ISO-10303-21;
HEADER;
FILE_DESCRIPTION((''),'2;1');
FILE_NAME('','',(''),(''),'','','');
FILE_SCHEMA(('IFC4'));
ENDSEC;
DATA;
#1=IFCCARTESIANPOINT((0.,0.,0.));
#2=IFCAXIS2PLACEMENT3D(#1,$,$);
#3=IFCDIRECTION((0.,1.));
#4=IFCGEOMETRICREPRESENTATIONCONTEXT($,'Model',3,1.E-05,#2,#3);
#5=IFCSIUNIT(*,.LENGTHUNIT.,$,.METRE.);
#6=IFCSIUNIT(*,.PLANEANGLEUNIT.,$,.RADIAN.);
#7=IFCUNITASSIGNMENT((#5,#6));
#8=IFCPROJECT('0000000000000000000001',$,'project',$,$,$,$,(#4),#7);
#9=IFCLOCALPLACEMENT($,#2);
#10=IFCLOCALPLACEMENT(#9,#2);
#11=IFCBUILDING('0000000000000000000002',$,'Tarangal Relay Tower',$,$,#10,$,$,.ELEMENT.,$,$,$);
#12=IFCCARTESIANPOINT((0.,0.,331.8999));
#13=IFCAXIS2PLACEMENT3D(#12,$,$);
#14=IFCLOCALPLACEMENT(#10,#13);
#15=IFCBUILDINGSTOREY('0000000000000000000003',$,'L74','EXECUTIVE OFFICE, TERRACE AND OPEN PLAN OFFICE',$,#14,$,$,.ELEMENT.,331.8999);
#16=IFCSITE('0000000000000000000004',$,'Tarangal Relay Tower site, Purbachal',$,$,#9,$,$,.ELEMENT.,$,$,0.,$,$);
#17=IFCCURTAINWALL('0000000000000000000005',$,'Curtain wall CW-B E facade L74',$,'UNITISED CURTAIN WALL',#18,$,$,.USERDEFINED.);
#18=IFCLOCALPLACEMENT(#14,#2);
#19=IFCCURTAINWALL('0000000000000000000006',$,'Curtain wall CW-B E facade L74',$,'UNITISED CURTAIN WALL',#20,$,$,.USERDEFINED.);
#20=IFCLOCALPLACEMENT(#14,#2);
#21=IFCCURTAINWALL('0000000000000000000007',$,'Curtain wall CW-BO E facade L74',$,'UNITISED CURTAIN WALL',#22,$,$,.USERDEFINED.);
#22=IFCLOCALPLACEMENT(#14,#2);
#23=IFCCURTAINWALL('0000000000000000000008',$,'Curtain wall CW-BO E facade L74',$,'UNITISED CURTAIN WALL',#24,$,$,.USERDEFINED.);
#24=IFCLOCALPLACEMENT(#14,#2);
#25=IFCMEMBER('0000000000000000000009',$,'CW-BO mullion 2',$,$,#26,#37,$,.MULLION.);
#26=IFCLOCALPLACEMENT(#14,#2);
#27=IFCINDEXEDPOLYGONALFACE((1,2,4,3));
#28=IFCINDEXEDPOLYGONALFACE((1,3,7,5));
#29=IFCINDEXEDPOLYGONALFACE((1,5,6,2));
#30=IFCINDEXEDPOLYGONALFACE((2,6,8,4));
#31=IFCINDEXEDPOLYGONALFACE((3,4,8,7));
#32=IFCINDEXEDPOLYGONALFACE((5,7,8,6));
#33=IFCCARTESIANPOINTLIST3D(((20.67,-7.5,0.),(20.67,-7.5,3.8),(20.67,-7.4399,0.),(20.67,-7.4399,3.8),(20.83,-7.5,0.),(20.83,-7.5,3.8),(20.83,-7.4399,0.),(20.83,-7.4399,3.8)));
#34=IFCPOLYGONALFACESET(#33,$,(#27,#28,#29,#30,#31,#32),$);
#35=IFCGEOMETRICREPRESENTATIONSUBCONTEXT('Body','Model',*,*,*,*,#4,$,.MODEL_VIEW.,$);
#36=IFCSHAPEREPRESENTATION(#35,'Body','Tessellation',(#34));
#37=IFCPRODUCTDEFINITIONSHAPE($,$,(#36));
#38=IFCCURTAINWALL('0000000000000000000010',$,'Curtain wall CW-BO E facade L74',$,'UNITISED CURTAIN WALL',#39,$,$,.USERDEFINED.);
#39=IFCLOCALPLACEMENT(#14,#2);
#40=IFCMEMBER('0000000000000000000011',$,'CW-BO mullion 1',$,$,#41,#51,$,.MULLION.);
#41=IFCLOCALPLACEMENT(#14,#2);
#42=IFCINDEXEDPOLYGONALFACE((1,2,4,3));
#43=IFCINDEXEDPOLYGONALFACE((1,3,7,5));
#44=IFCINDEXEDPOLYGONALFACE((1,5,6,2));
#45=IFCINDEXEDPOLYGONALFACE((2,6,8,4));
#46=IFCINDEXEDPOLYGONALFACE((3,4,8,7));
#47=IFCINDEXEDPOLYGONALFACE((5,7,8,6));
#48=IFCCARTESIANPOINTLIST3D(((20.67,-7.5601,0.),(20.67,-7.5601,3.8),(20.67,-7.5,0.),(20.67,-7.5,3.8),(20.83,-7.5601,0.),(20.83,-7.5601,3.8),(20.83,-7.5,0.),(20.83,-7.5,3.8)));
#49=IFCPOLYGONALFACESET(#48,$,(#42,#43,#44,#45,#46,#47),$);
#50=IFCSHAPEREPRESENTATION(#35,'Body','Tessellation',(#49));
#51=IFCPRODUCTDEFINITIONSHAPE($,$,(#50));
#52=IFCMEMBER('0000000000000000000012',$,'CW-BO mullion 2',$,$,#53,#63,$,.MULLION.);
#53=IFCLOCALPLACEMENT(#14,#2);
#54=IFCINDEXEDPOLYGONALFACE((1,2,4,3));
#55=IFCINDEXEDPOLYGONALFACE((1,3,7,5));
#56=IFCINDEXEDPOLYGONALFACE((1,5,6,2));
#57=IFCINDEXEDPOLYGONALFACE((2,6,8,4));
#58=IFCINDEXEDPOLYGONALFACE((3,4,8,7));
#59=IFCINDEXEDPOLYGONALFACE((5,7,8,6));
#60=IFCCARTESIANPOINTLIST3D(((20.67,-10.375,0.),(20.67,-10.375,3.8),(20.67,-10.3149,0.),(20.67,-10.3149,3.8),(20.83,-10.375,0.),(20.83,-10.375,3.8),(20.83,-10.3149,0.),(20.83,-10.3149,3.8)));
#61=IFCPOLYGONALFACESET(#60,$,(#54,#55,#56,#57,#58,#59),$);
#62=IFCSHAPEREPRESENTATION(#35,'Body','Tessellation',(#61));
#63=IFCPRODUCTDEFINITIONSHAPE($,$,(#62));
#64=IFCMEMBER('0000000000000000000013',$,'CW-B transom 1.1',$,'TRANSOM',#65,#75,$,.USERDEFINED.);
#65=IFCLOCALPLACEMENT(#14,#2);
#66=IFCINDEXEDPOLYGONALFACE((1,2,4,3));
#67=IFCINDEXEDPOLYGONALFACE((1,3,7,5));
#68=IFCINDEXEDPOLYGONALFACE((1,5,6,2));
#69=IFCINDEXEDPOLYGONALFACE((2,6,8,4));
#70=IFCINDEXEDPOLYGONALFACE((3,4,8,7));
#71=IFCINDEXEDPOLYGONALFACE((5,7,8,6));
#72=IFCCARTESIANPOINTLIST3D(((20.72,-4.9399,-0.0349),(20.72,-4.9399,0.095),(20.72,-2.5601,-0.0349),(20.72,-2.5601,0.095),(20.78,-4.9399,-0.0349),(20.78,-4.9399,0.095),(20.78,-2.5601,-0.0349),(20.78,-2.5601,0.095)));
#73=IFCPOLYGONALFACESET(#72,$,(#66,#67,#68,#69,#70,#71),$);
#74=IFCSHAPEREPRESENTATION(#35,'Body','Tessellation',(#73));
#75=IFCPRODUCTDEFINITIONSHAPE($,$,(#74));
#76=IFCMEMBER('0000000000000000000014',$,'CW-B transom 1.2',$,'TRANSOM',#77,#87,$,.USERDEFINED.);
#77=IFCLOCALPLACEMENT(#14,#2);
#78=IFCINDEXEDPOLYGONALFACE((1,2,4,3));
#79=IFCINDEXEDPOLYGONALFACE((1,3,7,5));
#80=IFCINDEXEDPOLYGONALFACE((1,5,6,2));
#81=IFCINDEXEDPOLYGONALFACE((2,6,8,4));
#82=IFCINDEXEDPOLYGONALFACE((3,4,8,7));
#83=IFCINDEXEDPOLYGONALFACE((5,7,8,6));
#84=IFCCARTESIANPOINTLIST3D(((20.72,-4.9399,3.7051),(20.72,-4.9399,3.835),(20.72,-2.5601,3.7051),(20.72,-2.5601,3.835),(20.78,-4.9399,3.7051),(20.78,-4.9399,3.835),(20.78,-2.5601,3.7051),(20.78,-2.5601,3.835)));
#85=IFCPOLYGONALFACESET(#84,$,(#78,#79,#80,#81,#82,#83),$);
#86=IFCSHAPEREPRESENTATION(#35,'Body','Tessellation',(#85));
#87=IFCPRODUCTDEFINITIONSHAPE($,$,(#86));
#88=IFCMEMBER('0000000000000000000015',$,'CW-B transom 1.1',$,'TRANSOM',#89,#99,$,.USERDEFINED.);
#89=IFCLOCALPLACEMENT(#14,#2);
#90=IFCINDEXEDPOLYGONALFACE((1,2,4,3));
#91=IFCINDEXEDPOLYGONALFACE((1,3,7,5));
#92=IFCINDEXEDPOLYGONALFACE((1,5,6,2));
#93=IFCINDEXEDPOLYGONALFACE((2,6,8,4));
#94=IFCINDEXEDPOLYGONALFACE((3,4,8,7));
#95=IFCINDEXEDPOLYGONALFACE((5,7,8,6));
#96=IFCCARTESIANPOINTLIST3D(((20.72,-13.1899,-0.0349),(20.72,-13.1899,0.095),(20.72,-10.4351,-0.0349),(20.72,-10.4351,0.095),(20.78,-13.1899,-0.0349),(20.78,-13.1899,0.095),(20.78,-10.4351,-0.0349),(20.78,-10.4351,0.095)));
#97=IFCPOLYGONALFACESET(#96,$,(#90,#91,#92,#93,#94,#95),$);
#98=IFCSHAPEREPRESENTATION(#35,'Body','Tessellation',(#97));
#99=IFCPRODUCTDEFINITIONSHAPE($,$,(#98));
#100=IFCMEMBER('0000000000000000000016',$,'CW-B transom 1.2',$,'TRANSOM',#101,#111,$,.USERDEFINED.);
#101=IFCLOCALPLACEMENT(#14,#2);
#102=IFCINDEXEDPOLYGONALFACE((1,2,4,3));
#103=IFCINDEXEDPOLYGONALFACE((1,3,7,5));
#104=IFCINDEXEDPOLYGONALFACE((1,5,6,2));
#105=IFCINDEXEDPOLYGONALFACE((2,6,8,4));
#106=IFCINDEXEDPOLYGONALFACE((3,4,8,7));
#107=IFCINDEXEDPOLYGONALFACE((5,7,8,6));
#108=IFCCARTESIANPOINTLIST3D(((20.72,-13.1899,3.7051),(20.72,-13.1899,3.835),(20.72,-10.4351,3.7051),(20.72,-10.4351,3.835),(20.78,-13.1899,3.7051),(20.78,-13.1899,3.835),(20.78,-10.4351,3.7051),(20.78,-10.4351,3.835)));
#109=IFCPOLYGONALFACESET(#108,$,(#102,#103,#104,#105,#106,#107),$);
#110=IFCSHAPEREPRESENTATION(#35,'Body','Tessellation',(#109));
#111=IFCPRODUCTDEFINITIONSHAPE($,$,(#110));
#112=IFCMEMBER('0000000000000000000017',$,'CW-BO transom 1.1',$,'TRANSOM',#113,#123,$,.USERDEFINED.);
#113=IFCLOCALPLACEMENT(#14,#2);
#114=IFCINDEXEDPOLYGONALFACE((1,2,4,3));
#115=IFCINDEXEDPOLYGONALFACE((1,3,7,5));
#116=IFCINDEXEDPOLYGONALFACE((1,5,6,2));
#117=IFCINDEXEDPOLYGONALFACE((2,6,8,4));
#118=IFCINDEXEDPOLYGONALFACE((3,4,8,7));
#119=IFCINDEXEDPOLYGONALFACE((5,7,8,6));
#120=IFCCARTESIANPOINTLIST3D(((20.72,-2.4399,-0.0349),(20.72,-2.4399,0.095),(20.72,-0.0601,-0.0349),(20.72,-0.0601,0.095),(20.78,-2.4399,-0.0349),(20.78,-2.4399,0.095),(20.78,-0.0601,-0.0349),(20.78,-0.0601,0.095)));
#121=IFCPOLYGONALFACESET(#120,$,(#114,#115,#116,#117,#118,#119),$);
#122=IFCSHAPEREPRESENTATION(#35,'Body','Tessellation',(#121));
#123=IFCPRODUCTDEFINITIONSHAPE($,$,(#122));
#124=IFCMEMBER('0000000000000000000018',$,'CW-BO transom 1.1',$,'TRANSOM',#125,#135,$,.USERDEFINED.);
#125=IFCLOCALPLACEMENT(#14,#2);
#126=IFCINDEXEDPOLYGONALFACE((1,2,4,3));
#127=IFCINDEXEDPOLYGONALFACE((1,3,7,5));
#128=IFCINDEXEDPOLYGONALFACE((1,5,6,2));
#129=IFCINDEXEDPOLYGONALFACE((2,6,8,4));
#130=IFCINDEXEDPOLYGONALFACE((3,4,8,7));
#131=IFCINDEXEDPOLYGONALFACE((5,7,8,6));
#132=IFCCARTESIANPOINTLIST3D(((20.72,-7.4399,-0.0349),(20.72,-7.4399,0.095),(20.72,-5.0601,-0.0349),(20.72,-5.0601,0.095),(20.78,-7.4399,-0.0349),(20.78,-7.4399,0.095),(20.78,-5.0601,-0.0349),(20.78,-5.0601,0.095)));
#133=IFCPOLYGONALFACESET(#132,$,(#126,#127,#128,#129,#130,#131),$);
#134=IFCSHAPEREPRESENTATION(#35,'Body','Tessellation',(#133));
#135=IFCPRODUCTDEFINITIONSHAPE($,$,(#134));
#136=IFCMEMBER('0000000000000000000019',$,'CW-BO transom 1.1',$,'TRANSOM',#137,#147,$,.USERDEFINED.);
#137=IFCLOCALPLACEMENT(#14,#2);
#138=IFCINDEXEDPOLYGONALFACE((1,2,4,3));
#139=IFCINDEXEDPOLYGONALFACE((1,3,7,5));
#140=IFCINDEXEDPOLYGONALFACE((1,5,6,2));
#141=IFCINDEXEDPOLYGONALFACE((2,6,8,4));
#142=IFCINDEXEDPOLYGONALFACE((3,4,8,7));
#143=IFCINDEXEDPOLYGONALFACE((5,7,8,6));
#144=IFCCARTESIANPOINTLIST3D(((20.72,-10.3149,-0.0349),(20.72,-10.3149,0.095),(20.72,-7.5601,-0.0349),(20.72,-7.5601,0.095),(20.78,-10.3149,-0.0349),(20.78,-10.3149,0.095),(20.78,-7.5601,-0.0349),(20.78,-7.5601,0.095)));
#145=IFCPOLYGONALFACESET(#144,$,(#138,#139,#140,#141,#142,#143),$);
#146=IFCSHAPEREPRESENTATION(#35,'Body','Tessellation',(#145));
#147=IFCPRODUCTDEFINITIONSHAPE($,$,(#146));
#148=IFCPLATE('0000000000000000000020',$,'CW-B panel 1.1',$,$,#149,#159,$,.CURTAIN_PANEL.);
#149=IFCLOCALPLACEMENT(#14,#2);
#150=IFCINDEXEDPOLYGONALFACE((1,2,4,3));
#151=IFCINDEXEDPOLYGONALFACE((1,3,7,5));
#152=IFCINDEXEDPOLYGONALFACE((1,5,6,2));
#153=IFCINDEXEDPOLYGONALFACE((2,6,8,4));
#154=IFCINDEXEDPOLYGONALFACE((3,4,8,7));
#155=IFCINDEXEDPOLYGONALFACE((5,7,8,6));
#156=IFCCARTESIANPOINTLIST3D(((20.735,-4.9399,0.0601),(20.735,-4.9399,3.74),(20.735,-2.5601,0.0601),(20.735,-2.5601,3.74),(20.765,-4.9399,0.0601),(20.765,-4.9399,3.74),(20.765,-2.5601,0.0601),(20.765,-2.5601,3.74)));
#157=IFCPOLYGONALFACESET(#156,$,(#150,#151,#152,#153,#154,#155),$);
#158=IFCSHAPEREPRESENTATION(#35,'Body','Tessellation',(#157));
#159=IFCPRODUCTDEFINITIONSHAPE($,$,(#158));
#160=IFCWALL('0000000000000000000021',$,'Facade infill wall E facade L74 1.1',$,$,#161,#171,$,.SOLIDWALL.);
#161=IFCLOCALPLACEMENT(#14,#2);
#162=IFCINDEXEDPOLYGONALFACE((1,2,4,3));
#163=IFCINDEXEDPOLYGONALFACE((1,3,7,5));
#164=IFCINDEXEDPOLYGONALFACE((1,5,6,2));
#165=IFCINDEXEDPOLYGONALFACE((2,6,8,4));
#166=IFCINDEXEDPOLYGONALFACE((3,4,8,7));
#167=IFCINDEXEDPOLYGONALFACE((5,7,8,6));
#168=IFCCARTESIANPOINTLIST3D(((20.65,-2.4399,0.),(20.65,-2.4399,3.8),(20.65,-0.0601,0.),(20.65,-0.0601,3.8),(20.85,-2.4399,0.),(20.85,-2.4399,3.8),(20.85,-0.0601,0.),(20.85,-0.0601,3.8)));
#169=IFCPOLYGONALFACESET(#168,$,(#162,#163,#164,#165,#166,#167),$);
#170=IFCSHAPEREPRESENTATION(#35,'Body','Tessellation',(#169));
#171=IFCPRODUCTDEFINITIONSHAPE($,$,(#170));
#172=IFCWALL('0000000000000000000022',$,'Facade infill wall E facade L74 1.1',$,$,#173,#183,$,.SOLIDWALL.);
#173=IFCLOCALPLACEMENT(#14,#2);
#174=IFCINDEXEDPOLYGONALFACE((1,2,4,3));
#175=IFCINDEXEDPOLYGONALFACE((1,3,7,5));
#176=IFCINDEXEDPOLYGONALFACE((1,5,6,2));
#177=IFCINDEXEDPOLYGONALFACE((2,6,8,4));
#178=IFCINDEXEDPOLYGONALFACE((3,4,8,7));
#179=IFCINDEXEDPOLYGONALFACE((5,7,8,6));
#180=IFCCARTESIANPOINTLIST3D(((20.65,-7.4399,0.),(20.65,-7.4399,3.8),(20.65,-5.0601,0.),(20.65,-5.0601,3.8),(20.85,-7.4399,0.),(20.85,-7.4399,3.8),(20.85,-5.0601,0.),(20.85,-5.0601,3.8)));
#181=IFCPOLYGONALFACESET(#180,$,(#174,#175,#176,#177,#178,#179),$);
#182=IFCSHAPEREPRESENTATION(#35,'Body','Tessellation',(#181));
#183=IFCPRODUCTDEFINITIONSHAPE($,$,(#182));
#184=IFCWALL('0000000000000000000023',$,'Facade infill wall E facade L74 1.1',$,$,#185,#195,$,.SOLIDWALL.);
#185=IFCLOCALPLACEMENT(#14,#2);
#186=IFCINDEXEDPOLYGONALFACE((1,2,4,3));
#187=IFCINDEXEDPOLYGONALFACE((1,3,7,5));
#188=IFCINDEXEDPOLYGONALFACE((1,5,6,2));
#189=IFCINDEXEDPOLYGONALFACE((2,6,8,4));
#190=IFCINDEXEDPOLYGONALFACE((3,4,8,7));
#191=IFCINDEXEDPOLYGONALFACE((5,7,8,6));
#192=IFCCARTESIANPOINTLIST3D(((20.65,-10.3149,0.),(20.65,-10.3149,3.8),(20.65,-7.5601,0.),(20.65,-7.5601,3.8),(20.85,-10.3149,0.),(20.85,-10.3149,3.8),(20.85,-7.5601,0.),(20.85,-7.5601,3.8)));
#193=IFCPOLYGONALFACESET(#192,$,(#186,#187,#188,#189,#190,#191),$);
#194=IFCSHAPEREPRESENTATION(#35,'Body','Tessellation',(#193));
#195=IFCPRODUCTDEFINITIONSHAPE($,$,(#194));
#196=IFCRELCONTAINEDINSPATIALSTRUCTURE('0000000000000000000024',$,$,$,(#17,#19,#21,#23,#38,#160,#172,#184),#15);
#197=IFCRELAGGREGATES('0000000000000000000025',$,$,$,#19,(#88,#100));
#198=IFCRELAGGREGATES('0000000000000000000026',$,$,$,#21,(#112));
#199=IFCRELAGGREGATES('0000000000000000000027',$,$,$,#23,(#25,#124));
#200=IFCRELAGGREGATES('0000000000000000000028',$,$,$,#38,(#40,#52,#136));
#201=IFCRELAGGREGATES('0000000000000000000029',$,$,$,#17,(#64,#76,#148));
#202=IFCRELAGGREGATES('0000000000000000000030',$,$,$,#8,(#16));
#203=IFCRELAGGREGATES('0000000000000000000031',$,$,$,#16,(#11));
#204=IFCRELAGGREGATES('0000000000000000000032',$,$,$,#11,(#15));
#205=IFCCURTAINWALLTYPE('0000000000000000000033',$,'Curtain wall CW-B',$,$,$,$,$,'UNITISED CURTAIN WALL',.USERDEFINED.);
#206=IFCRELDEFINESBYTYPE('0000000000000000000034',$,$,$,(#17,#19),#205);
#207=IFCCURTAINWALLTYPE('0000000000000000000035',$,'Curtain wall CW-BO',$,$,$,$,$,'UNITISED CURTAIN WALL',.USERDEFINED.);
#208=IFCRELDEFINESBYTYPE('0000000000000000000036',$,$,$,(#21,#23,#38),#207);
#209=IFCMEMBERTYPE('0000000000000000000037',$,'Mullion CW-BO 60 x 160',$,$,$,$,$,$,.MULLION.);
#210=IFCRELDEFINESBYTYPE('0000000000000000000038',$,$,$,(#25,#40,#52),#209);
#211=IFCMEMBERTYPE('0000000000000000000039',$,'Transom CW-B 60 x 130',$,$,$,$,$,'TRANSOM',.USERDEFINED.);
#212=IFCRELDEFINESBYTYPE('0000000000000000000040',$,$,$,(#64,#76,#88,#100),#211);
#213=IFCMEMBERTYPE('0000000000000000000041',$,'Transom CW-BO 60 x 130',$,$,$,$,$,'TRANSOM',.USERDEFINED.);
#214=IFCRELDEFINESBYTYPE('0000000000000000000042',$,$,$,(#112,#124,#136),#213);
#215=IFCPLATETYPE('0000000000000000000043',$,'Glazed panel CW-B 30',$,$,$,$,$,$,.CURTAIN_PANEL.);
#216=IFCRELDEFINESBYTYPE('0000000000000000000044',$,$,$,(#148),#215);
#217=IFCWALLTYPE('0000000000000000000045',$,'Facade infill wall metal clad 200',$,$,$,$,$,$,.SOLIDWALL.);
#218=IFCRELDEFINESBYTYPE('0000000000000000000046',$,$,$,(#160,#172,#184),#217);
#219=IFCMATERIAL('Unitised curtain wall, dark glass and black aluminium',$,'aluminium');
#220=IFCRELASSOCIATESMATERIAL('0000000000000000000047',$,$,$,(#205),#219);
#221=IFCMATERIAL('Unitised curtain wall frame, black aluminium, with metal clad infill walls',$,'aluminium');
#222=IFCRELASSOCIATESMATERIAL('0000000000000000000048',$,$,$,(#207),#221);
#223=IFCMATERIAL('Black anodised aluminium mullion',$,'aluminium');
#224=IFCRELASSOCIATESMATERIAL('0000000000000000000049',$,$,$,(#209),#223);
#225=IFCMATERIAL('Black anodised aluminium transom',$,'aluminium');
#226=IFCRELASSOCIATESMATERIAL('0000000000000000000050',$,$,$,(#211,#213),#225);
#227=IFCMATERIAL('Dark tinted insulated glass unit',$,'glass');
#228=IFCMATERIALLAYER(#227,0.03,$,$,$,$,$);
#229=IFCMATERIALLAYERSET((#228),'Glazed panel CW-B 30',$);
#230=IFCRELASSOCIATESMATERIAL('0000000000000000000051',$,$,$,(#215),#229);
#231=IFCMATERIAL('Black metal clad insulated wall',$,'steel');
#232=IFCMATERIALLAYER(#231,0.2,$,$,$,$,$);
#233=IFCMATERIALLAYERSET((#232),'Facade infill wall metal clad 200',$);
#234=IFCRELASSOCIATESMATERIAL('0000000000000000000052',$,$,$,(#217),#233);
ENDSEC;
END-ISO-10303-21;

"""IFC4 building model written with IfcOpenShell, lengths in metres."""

from ifc_helpers import new_model, si_unit, direction, frame, frame_2d, origin, origin_2d, place, context, subcontext, project, spatial, rectangle, extrude, material, layer, layer_set, material_profile, profile_set, type_object, element, aggregate, save


model = new_model("IFC4")

# Units and contexts
model_context = context("Model", 3, precision=1e-05, world=origin(), true_north=direction((0.0, 1.0)))
body_context = subcontext(model_context, "Body", "Model", "MODEL_VIEW")
ifc_project = project(units=[si_unit("LENGTHUNIT", "METRE"), si_unit("PLANEANGLEUNIT", "RADIAN")], contexts=[model_context])

# Site, building, storey
site_placement = place(None, origin())
site = spatial("IfcSite", under=ifc_project, at=site_placement, Name="Tarangal Relay Tower site, Purbachal", CompositionType="ELEMENT", RefElevation=0.0)
building_placement = place(site_placement, origin())
building = spatial("IfcBuilding", under=site, at=building_placement, Name="Tarangal Relay Tower", CompositionType="ELEMENT")
storey_placement = place(building_placement, frame((0.0, 0.0, 331.8999)))
storey = spatial("IfcBuildingStorey", under=building, at=storey_placement, Name="L74", Description="EXECUTIVE OFFICE, TERRACE AND OPEN PLAN OFFICE", CompositionType="ELEMENT", Elevation=331.8999)

# Curtain wall
ifc_material_1 = material(Name="Unitised curtain wall, dark glass and black aluminium", Category="aluminium")
curtain_wall_type_1 = type_object("IfcCurtainWallType", Name="Curtain wall CW-B", ElementType="UNITISED CURTAIN WALL", PredefinedType="USERDEFINED", material=ifc_material_1)
curtain_wall_1_placement = place(storey_placement, origin())
curtain_wall_1 = element("IfcCurtainWall", 1, at=curtain_wall_1_placement, inside=storey, type_object=curtain_wall_type_1, Name="Curtain wall CW-B E facade L74", ObjectType="UNITISED CURTAIN WALL", PredefinedType="USERDEFINED")
ifc_material_2 = material(Name="Black anodised aluminium mullion", Category="aluminium")

# Curtain wall
curtain_wall_2_placement = place(storey_placement, origin())
curtain_wall_2 = element("IfcCurtainWall", 2, at=curtain_wall_2_placement, inside=storey, type_object=curtain_wall_type_1, Name="Curtain wall CW-B E facade L74", ObjectType="UNITISED CURTAIN WALL", PredefinedType="USERDEFINED")

# Curtain walls, members
ifc_material_3 = material(Name="Unitised curtain wall frame, black aluminium, with metal clad infill walls", Category="aluminium")
curtain_wall_type_2 = type_object("IfcCurtainWallType", Name="Curtain wall CW-BO", ElementType="UNITISED CURTAIN WALL", PredefinedType="USERDEFINED", material=ifc_material_3)
curtain_wall_3_placement = place(storey_placement, origin())
curtain_wall_3 = element("IfcCurtainWall", 3, at=curtain_wall_3_placement, inside=storey, type_object=curtain_wall_type_2, Name="Curtain wall CW-BO E facade L74", ObjectType="UNITISED CURTAIN WALL", PredefinedType="USERDEFINED")
ifc_material_profile_1 = material_profile(ifc_material_2, rectangle(XDim=0.1599, YDim=0.0601, at=origin_2d()), Name="CW-BOM 60X160")
ifc_profile_set_1 = profile_set([ifc_material_profile_1], Name="Black anodised aluminium mullion")
member_type_1 = type_object("IfcMemberType", Name="Mullion CW-BO 60 x 160", PredefinedType="MULLION", material=ifc_profile_set_1)
curtain_wall_4_placement = place(storey_placement, origin())
curtain_wall_4 = element("IfcCurtainWall", 4, at=curtain_wall_4_placement, inside=storey, type_object=curtain_wall_type_2, Name="Curtain wall CW-BO E facade L74", ObjectType="UNITISED CURTAIN WALL", PredefinedType="USERDEFINED")
member_1_placement = place(storey_placement, frame((20.75, -7.47, 0.0), z_axis=(0.0, 0.0, 1.0), x_axis=(1.0, 0.0, 0.0)))
member_1 = element("IfcMember", 5, at=member_1_placement, type_object=member_type_1, Name="CW-BO mullion 2", PredefinedType="MULLION", context=body_context, shape_type="SweptSolid", body=[
    extrude(rectangle(XDim=0.1599, YDim=0.0601, at=origin_2d()), origin(), (0.0, 0.0, 1.0), 3.8),
])
curtain_wall_5_placement = place(storey_placement, origin())
curtain_wall_5 = element("IfcCurtainWall", 6, at=curtain_wall_5_placement, inside=storey, type_object=curtain_wall_type_2, Name="Curtain wall CW-BO E facade L74", ObjectType="UNITISED CURTAIN WALL", PredefinedType="USERDEFINED")
member_2_placement = place(storey_placement, frame((20.75, -7.53, 0.0), z_axis=(0.0, 0.0, 1.0), x_axis=(1.0, 0.0, 0.0)))
member_2 = element("IfcMember", 7, at=member_2_placement, type_object=member_type_1, Name="CW-BO mullion 1", PredefinedType="MULLION", context=body_context, shape_type="SweptSolid", body=[
    extrude(rectangle(XDim=0.1599, YDim=0.0601, at=origin_2d()), origin(), (0.0, 0.0, 1.0), 3.8),
])
member_3_placement = place(storey_placement, frame((20.75, -10.345, 0.0), z_axis=(0.0, 0.0, 1.0), x_axis=(1.0, 0.0, 0.0)))
member_3 = element("IfcMember", 8, at=member_3_placement, type_object=member_type_1, Name="CW-BO mullion 2", PredefinedType="MULLION", context=body_context, shape_type="SweptSolid", body=[
    extrude(rectangle(XDim=0.1599, YDim=0.0601, at=origin_2d()), origin(), (0.0, 0.0, 1.0), 3.8),
])

# Members
ifc_material_4 = material(Name="Black anodised aluminium transom", Category="aluminium")
ifc_material_profile_2 = material_profile(ifc_material_4, rectangle(XDim=0.0601, YDim=0.1299, at=origin_2d()), Name="CW-BT 60X130")
ifc_profile_set_2 = profile_set([ifc_material_profile_2], Name="Black anodised aluminium transom")
member_type_2 = type_object("IfcMemberType", Name="Transom CW-B 60 x 130", ElementType="TRANSOM", PredefinedType="USERDEFINED", material=ifc_profile_set_2)
member_4_placement = place(storey_placement, frame((20.75, -2.5601, 0.03), z_axis=(0.0, -1.0, 0.0), x_axis=(1.0, 0.0, 0.0)))
member_4 = element("IfcMember", 9, at=member_4_placement, type_object=member_type_2, Name="CW-B transom 1.1", ObjectType="TRANSOM", PredefinedType="USERDEFINED", context=body_context, shape_type="SweptSolid", body=[
    extrude(rectangle(XDim=0.0601, YDim=0.1299, at=origin_2d()), origin(), (0.0, 0.0, 1.0), 2.3799),
])
member_5_placement = place(storey_placement, frame((20.75, -2.5601, 3.77), z_axis=(0.0, -1.0, 0.0), x_axis=(1.0, 0.0, 0.0)))
member_5 = element("IfcMember", 10, at=member_5_placement, type_object=member_type_2, Name="CW-B transom 1.2", ObjectType="TRANSOM", PredefinedType="USERDEFINED", context=body_context, shape_type="SweptSolid", body=[
    extrude(rectangle(XDim=0.0601, YDim=0.1299, at=origin_2d()), origin(), (0.0, 0.0, 1.0), 2.3799),
])
member_6_placement = place(storey_placement, frame((20.75, -10.4351, 0.03), z_axis=(0.0, -1.0, 0.0), x_axis=(1.0, 0.0, 0.0)))
member_6 = element("IfcMember", 11, at=member_6_placement, type_object=member_type_2, Name="CW-B transom 1.1", ObjectType="TRANSOM", PredefinedType="USERDEFINED", context=body_context, shape_type="SweptSolid", body=[
    extrude(rectangle(XDim=0.0601, YDim=0.1299, at=origin_2d()), origin(), (0.0, 0.0, 1.0), 2.7549),
])
member_7_placement = place(storey_placement, frame((20.75, -10.4351, 3.77), z_axis=(0.0, -1.0, 0.0), x_axis=(1.0, 0.0, 0.0)))
member_7 = element("IfcMember", 12, at=member_7_placement, type_object=member_type_2, Name="CW-B transom 1.2", ObjectType="TRANSOM", PredefinedType="USERDEFINED", context=body_context, shape_type="SweptSolid", body=[
    extrude(rectangle(XDim=0.0601, YDim=0.1299, at=origin_2d()), origin(), (0.0, 0.0, 1.0), 2.7549),
])
aggregate(curtain_wall_2, [member_6, member_7])
ifc_material_profile_3 = material_profile(ifc_material_4, rectangle(XDim=0.0601, YDim=0.1299, at=origin_2d()), Name="CW-BOT 60X130")
ifc_profile_set_3 = profile_set([ifc_material_profile_3], Name="Black anodised aluminium transom")
member_type_3 = type_object("IfcMemberType", Name="Transom CW-BO 60 x 130", ElementType="TRANSOM", PredefinedType="USERDEFINED", material=ifc_profile_set_3)
member_8_placement = place(storey_placement, frame((20.75, -0.0601, 0.03), z_axis=(0.0, -1.0, 0.0), x_axis=(1.0, 0.0, 0.0)))
member_8 = element("IfcMember", 13, at=member_8_placement, type_object=member_type_3, Name="CW-BO transom 1.1", ObjectType="TRANSOM", PredefinedType="USERDEFINED", context=body_context, shape_type="SweptSolid", body=[
    extrude(rectangle(XDim=0.0601, YDim=0.1299, at=origin_2d()), origin(), (0.0, 0.0, 1.0), 2.3799),
])
aggregate(curtain_wall_3, [member_8])
member_9_placement = place(storey_placement, frame((20.75, -5.0601, 0.03), z_axis=(0.0, -1.0, 0.0), x_axis=(1.0, 0.0, 0.0)))
member_9 = element("IfcMember", 14, at=member_9_placement, type_object=member_type_3, Name="CW-BO transom 1.1", ObjectType="TRANSOM", PredefinedType="USERDEFINED", context=body_context, shape_type="SweptSolid", body=[
    extrude(rectangle(XDim=0.0601, YDim=0.1299, at=origin_2d()), origin(), (0.0, 0.0, 1.0), 2.3799),
])
aggregate(curtain_wall_4, [member_1, member_9])
member_10_placement = place(storey_placement, frame((20.75, -7.5601, 0.03), z_axis=(0.0, -1.0, 0.0), x_axis=(1.0, 0.0, 0.0)))
member_10 = element("IfcMember", 15, at=member_10_placement, type_object=member_type_3, Name="CW-BO transom 1.1", ObjectType="TRANSOM", PredefinedType="USERDEFINED", context=body_context, shape_type="SweptSolid", body=[
    extrude(rectangle(XDim=0.0601, YDim=0.1299, at=origin_2d()), origin(), (0.0, 0.0, 1.0), 2.7549),
])
aggregate(curtain_wall_5, [member_2, member_3, member_10])

# Plate
ifc_material_5 = material(Name="Dark tinted insulated glass unit", Category="glass")
ifc_layer_1 = layer(ifc_material_5, 0.03)
ifc_layer_set_1 = layer_set([ifc_layer_1], Name="Glazed panel CW-B 30")
plate_type = type_object("IfcPlateType", Name="Glazed panel CW-B 30", PredefinedType="CURTAIN_PANEL", material=ifc_layer_set_1)
plate_placement = place(storey_placement, frame((20.75, -3.75, 0.0601), z_axis=(0.0, 0.0, 1.0), x_axis=(0.0, -1.0, 0.0)))
plate = element("IfcPlate", 16, at=plate_placement, type_object=plate_type, Name="CW-B panel 1.1", PredefinedType="CURTAIN_PANEL", context=body_context, shape_type="SweptSolid", body=[
    extrude(rectangle(XDim=2.3799, YDim=0.03, at=origin_2d()), origin(), (0.0, 0.0, 1.0), 3.6799),
])
aggregate(curtain_wall_1, [member_4, member_5, plate])

# Walls
ifc_material_6 = material(Name="Black metal clad insulated wall", Category="steel")
ifc_layer_2 = layer(ifc_material_6, 0.2)
ifc_layer_set_2 = layer_set([ifc_layer_2], Name="Facade infill wall metal clad 200")
wall_type_1 = type_object("IfcWallType", Name="Facade infill wall metal clad 200", PredefinedType="SOLIDWALL", material=ifc_layer_set_2)
for number, where, z_axis, x_axis, name in (
    (17, (20.75, -0.0601, 0.0), (0.0, 0.0, 1.0), (0.0, -1.0, 0.0), "Facade infill wall E facade L74 1.1"),
    (18, (20.75, -5.0601, 0.0), (0.0, 0.0, 1.0), (0.0, -1.0, 0.0), "Facade infill wall E facade L74 1.1"),
):
    element("IfcWall", number, at=place(storey_placement, frame(where, z_axis=z_axis, x_axis=x_axis)), inside=storey, type_object=wall_type_1, Name=name, PredefinedType="SOLIDWALL", context=body_context, shape_type="SweptSolid", body=[
        extrude(rectangle(XDim=2.3799, YDim=0.2, at=frame_2d((1.1899, 0.0))), origin(), (0.0, 0.0, 1.0), 3.8),
    ])
wall_1_placement = place(storey_placement, frame((20.75, -7.5601, 0.0), z_axis=(0.0, 0.0, 1.0), x_axis=(0.0, -1.0, 0.0)))
element("IfcWall", 19, at=wall_1_placement, inside=storey, type_object=wall_type_1, Name="Facade infill wall E facade L74 1.1", PredefinedType="SOLIDWALL", context=body_context, shape_type="SweptSolid", body=[
    extrude(rectangle(XDim=2.7549, YDim=0.2, at=frame_2d((1.3774, 0.0))), origin(), (0.0, 0.0, 1.0), 3.8),
])

save(model, "model.ifc")
